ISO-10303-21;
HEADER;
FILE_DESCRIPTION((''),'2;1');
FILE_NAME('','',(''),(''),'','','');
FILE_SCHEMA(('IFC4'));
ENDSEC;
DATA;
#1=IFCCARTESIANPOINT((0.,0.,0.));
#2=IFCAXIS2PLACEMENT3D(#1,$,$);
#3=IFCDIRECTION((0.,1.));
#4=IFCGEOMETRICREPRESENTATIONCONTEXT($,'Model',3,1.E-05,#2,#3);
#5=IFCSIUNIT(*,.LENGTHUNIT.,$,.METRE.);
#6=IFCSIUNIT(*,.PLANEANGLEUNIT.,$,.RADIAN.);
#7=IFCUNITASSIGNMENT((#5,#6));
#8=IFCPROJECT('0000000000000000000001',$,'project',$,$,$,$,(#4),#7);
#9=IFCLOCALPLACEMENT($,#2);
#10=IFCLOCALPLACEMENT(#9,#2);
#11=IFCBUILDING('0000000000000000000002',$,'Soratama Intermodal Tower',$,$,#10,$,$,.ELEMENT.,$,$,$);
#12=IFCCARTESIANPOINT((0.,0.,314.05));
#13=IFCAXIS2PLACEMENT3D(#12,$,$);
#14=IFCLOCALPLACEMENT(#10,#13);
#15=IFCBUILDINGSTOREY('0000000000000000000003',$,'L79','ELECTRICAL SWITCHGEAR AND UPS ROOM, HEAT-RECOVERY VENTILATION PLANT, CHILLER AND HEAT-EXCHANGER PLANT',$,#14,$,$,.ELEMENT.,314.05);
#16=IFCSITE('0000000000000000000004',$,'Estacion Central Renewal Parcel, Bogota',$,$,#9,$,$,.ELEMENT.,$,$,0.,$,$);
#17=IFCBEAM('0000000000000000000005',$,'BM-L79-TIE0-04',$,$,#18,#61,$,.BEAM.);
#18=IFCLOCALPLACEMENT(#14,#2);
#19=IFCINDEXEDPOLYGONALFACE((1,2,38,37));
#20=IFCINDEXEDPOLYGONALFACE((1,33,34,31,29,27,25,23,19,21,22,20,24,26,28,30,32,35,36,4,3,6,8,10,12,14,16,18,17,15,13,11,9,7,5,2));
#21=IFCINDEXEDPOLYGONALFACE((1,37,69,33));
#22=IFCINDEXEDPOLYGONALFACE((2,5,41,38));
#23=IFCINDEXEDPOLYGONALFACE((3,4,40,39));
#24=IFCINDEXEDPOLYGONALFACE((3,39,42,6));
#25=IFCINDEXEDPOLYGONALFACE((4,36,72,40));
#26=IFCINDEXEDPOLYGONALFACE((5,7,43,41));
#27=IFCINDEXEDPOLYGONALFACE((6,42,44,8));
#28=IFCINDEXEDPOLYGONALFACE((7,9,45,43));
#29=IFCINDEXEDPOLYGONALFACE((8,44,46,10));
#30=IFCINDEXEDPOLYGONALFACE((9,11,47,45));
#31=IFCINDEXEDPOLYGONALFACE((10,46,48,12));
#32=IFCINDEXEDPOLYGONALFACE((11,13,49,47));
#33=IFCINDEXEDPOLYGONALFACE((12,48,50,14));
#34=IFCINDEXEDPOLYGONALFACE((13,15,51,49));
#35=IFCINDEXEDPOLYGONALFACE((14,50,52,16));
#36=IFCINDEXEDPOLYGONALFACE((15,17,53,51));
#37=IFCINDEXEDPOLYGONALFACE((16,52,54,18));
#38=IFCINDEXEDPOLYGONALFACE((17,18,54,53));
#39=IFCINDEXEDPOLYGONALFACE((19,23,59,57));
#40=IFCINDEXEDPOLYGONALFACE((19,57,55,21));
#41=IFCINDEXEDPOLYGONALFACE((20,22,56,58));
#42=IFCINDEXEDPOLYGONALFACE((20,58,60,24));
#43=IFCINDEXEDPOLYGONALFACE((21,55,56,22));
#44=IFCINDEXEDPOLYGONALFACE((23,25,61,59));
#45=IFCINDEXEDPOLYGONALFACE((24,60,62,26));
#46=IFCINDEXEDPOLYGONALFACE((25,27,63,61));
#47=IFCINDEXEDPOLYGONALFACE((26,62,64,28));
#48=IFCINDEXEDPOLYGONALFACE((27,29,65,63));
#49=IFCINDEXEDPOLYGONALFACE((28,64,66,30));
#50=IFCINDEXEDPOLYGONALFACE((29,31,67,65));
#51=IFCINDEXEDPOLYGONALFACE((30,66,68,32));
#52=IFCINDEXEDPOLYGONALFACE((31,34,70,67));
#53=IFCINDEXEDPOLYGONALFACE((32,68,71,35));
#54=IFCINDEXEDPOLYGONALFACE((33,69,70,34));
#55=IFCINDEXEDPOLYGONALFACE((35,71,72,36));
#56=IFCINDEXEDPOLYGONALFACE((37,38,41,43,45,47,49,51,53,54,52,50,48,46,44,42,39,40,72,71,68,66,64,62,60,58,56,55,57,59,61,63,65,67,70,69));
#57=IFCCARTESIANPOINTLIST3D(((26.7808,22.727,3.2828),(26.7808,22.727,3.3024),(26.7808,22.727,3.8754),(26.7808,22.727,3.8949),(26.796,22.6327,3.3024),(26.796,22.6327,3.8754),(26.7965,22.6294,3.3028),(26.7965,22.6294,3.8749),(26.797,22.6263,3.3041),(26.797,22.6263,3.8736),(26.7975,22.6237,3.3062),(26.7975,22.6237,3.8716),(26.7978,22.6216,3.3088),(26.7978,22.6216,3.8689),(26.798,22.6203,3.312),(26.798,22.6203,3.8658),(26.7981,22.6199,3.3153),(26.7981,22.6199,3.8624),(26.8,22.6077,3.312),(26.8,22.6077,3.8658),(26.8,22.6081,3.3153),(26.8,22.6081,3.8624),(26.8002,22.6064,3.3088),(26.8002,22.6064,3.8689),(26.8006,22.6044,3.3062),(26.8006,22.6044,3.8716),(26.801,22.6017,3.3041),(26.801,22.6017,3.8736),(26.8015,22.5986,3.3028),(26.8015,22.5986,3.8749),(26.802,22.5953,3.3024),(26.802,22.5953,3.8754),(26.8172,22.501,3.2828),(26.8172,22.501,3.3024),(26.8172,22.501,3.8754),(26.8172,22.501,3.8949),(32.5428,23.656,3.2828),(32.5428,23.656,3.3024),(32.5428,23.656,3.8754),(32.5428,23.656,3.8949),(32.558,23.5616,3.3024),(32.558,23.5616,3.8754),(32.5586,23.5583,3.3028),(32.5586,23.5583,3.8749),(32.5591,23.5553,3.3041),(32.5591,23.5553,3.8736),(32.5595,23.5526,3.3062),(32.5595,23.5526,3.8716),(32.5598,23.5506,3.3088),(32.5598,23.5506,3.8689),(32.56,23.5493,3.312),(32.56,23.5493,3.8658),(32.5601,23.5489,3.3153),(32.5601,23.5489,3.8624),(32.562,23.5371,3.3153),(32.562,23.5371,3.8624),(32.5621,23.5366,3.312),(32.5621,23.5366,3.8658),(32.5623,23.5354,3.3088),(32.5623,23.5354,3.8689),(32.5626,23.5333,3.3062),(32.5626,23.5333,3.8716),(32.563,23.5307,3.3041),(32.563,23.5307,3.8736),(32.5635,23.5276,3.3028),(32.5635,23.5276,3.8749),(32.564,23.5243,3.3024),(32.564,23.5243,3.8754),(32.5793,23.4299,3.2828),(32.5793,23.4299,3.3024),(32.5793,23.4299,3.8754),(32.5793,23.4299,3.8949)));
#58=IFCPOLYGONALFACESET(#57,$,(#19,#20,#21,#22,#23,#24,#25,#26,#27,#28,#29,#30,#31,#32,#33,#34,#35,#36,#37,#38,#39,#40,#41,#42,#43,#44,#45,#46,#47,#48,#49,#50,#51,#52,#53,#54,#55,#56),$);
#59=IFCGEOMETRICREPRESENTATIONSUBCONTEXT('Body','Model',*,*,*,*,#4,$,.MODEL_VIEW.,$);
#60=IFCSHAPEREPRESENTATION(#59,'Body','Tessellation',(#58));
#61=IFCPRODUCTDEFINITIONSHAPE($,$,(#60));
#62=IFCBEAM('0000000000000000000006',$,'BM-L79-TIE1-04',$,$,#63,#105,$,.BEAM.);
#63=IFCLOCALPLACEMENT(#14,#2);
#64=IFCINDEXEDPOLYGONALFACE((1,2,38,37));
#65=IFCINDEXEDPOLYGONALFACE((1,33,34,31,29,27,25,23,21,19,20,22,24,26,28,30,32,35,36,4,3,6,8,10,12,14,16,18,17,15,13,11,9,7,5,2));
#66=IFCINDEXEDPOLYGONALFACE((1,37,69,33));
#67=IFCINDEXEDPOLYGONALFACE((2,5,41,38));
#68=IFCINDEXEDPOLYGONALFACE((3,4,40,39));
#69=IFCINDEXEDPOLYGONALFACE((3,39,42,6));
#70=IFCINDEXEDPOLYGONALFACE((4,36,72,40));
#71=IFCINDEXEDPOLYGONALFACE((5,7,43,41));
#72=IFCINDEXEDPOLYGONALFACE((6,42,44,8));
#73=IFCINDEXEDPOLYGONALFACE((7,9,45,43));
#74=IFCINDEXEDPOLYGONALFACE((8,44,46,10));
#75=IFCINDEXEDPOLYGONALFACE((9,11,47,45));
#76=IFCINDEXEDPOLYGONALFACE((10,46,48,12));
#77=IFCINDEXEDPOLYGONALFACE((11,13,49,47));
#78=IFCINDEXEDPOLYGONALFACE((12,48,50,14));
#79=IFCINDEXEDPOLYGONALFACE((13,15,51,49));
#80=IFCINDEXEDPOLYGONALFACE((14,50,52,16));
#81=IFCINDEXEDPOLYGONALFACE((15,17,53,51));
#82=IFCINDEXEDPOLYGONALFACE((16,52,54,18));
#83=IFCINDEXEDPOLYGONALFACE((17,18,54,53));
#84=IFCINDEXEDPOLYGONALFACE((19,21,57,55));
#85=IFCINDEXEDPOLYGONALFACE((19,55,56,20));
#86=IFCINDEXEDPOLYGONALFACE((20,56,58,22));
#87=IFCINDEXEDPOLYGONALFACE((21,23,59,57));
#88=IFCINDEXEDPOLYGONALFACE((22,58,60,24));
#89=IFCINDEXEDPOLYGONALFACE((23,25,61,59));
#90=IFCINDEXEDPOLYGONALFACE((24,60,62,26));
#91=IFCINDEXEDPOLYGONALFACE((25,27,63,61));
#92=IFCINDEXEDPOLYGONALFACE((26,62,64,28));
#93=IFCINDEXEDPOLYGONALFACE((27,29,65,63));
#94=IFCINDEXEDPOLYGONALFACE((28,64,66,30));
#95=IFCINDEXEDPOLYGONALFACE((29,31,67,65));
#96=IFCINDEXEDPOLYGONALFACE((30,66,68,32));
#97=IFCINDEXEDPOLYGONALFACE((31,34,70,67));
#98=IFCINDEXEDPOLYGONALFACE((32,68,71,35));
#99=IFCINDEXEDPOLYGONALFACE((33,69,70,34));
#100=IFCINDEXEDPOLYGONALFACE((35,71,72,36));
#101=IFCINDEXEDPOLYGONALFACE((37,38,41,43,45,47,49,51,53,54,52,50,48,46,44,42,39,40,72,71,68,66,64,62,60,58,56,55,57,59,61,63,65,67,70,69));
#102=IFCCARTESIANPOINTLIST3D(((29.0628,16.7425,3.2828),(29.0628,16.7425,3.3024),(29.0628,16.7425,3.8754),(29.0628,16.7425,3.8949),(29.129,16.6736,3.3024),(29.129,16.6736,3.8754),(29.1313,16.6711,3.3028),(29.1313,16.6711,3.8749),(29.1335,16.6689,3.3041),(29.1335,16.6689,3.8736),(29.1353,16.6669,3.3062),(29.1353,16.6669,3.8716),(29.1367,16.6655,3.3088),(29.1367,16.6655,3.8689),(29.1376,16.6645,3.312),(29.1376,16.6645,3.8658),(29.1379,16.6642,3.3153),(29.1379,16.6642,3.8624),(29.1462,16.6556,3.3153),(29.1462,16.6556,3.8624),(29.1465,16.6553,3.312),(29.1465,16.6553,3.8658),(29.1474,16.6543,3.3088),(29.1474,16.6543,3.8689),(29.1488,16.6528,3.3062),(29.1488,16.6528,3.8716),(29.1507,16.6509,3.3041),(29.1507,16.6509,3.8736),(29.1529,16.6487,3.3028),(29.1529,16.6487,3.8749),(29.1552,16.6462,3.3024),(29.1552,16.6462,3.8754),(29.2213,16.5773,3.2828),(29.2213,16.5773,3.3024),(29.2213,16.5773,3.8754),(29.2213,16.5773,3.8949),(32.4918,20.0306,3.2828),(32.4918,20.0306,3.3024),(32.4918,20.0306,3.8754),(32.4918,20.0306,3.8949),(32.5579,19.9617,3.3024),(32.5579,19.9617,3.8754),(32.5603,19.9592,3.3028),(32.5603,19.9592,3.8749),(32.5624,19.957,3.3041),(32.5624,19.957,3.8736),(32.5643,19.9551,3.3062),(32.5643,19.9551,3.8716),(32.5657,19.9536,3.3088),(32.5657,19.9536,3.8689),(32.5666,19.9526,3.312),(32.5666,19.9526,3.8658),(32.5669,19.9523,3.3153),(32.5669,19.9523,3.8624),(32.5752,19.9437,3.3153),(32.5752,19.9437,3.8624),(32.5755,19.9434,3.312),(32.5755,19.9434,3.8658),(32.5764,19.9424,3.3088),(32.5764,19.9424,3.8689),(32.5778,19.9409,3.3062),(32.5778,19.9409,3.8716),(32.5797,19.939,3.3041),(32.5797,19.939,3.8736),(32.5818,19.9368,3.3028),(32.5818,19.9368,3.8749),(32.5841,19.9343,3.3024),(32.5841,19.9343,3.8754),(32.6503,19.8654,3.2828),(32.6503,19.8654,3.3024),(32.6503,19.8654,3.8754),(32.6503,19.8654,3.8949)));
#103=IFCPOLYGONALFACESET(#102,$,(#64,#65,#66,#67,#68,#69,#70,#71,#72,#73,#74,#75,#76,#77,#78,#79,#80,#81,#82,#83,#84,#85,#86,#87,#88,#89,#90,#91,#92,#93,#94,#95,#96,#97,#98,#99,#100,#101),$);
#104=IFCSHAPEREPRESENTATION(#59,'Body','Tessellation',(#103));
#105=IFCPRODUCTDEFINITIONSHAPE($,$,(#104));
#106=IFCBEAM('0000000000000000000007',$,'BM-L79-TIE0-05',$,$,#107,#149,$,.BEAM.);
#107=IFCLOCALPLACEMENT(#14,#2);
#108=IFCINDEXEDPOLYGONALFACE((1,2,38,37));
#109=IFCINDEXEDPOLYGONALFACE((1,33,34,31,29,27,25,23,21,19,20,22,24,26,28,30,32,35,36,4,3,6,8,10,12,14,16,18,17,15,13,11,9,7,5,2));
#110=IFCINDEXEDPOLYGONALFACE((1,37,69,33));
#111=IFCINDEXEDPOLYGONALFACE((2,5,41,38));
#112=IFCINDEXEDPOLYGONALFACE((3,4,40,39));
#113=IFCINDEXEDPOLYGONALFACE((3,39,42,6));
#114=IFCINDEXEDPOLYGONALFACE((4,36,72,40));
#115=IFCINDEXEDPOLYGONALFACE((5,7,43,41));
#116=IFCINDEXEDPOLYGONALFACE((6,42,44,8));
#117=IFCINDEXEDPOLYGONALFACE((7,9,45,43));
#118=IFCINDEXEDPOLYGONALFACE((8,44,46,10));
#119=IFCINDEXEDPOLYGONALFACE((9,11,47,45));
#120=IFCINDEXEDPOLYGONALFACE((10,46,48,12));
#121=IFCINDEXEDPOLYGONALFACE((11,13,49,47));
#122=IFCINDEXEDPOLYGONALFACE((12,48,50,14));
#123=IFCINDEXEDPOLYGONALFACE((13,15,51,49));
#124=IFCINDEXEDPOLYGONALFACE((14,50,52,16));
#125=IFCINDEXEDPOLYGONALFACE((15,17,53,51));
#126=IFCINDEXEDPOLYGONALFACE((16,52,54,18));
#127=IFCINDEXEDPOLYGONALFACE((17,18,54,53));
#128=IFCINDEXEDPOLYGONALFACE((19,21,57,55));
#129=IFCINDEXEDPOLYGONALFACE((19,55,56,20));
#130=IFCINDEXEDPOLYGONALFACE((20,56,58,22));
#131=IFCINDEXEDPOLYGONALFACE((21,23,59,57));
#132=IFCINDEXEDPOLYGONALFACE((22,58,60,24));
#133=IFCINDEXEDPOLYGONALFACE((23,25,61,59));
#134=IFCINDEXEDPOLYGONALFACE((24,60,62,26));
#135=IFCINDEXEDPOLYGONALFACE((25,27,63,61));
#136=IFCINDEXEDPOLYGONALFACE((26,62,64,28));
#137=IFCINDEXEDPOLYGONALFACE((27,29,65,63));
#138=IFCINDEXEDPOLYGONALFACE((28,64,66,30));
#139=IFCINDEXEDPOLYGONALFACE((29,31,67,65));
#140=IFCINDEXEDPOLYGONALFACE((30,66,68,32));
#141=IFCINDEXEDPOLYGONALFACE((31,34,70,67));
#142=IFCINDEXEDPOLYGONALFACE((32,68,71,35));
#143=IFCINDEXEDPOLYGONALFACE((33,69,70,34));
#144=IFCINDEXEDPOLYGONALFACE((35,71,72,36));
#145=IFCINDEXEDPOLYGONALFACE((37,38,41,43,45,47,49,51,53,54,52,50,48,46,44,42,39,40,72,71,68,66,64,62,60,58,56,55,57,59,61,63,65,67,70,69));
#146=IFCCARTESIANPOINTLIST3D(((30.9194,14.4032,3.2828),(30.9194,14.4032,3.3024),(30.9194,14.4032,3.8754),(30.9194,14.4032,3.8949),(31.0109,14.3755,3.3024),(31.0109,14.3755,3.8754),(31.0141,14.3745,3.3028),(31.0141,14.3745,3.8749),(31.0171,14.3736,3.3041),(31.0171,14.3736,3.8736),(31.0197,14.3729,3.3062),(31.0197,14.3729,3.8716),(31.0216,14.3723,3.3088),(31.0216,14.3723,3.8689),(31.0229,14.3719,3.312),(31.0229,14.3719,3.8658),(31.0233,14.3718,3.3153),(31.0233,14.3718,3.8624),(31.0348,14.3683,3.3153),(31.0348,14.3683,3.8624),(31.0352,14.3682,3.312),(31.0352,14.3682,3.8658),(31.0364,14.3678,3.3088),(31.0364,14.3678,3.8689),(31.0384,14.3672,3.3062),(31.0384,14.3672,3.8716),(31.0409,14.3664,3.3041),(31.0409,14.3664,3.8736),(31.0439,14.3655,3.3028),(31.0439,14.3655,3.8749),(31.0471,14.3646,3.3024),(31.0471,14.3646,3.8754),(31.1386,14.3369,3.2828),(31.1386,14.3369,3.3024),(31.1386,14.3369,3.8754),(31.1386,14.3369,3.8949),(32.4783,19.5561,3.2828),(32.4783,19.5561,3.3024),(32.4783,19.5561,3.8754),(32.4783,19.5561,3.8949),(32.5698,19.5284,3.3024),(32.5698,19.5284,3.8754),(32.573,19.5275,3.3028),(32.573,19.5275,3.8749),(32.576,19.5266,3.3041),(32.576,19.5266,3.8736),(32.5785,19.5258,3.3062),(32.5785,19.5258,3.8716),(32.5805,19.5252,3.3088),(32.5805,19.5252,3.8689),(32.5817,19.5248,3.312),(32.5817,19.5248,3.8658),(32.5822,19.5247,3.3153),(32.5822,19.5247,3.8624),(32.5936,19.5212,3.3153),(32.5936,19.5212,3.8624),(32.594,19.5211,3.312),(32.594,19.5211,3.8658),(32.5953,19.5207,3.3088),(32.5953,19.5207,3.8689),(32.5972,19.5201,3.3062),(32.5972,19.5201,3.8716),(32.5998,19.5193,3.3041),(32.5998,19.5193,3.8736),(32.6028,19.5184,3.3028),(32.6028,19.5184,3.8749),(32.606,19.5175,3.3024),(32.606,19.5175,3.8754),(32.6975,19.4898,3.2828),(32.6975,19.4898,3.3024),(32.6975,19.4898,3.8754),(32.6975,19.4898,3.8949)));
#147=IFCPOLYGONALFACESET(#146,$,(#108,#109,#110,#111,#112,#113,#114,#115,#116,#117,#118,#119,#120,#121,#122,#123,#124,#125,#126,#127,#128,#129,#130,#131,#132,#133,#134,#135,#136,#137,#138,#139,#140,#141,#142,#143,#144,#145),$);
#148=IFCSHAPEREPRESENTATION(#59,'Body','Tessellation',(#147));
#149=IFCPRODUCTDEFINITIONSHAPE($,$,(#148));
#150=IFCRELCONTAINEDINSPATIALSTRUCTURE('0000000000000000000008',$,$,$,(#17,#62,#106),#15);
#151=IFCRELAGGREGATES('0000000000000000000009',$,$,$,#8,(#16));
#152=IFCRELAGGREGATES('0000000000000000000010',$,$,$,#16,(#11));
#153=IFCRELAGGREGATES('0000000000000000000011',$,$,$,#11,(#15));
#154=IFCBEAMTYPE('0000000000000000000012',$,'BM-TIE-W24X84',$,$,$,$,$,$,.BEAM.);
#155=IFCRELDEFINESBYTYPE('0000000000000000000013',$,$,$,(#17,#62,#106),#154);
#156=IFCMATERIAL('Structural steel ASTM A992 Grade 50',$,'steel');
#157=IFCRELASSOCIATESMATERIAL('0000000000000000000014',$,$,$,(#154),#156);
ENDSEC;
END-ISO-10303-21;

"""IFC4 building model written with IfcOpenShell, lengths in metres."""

from ifc_helpers import new_model, si_unit, direction, frame, origin, origin_2d, place, context, subcontext, project, spatial, i_section, extrude, material, material_profile, profile_set, type_object, element, save


model = new_model("IFC4")

# Units and contexts
model_context = context("Model", 3, precision=1e-05, world=origin(), true_north=direction((0.0, 1.0)))
body_context = subcontext(model_context, "Body", "Model", "MODEL_VIEW")
ifc_project = project(units=[si_unit("LENGTHUNIT", "METRE"), si_unit("PLANEANGLEUNIT", "RADIAN")], contexts=[model_context])

# Site, building, storey
site_placement = place(None, origin())
site = spatial("IfcSite", under=ifc_project, at=site_placement, Name="Estacion Central Renewal Parcel, Bogota", CompositionType="ELEMENT", RefElevation=0.0)
building_placement = place(site_placement, origin())
building = spatial("IfcBuilding", under=site, at=building_placement, Name="Soratama Intermodal Tower", CompositionType="ELEMENT")
storey_placement = place(building_placement, frame((0.0, 0.0, 314.05)))
storey = spatial("IfcBuildingStorey", under=building, at=storey_placement, Name="L79", Description="ELECTRICAL SWITCHGEAR AND UPS ROOM, HEAT-RECOVERY VENTILATION PLANT, CHILLER AND HEAT-EXCHANGER PLANT", CompositionType="ELEMENT", Elevation=314.05)

# Beams
ifc_material_1 = material(Name="Structural steel ASTM A992 Grade 50", Category="steel")
ifc_material_profile_1 = material_profile(ifc_material_1, i_section(OverallWidth=0.229, OverallDepth=0.6121, WebThickness=0.012, FlangeThickness=0.0195, FilletRadius=0.0129, at=origin_2d()), Name="W24X84")
ifc_profile_set_1 = profile_set([ifc_material_profile_1], Name="Structural steel ASTM A992 Grade 50")
beam_type_1 = type_object("IfcBeamType", Name="BM-TIE-W24X84", PredefinedType="BEAM", material=ifc_profile_set_1)
beam_1_placement = place(storey_placement, frame((32.561, 23.543, 3.5889), z_axis=(-0.987252, -0.159167, 0.0), x_axis=(0.159167, -0.987252, 0.0)))
element("IfcBeam", 1, at=beam_1_placement, inside=storey, type_object=beam_type_1, Name="BM-L79-TIE0-04", PredefinedType="BEAM", context=body_context, shape_type="SweptSolid", body=[
    extrude(i_section(OverallWidth=0.229, OverallDepth=0.6121, WebThickness=0.012, FlangeThickness=0.0195, FilletRadius=0.0129, at=origin_2d()), origin(), (0.0, 0.0, 1.0), 5.8364),
])
beam_2_placement = place(storey_placement, frame((32.571, 19.948, 3.5889), z_axis=(-0.721777, -0.692125, 0.0), x_axis=(0.692125, -0.721777, 0.0)))
element("IfcBeam", 2, at=beam_2_placement, inside=storey, type_object=beam_type_1, Name="BM-L79-TIE1-04", PredefinedType="BEAM", context=body_context, shape_type="SweptSolid", body=[
    extrude(i_section(OverallWidth=0.229, OverallDepth=0.6121, WebThickness=0.012, FlangeThickness=0.0195, FilletRadius=0.0129, at=origin_2d()), origin(), (0.0, 0.0, 1.0), 4.7507),
])
beam_3_placement = place(storey_placement, frame((32.5879, 19.5229, 3.5889), z_axis=(-0.289561, -0.95716, 0.0), x_axis=(0.95716, -0.289561, 0.0)))
element("IfcBeam", 3, at=beam_3_placement, inside=storey, type_object=beam_type_1, Name="BM-L79-TIE0-05", PredefinedType="BEAM", context=body_context, shape_type="SweptSolid", body=[
    extrude(i_section(OverallWidth=0.229, OverallDepth=0.6121, WebThickness=0.012, FlangeThickness=0.0195, FilletRadius=0.0129, at=origin_2d()), origin(), (0.0, 0.0, 1.0), 5.3835),
])

save(model, "model.ifc")
